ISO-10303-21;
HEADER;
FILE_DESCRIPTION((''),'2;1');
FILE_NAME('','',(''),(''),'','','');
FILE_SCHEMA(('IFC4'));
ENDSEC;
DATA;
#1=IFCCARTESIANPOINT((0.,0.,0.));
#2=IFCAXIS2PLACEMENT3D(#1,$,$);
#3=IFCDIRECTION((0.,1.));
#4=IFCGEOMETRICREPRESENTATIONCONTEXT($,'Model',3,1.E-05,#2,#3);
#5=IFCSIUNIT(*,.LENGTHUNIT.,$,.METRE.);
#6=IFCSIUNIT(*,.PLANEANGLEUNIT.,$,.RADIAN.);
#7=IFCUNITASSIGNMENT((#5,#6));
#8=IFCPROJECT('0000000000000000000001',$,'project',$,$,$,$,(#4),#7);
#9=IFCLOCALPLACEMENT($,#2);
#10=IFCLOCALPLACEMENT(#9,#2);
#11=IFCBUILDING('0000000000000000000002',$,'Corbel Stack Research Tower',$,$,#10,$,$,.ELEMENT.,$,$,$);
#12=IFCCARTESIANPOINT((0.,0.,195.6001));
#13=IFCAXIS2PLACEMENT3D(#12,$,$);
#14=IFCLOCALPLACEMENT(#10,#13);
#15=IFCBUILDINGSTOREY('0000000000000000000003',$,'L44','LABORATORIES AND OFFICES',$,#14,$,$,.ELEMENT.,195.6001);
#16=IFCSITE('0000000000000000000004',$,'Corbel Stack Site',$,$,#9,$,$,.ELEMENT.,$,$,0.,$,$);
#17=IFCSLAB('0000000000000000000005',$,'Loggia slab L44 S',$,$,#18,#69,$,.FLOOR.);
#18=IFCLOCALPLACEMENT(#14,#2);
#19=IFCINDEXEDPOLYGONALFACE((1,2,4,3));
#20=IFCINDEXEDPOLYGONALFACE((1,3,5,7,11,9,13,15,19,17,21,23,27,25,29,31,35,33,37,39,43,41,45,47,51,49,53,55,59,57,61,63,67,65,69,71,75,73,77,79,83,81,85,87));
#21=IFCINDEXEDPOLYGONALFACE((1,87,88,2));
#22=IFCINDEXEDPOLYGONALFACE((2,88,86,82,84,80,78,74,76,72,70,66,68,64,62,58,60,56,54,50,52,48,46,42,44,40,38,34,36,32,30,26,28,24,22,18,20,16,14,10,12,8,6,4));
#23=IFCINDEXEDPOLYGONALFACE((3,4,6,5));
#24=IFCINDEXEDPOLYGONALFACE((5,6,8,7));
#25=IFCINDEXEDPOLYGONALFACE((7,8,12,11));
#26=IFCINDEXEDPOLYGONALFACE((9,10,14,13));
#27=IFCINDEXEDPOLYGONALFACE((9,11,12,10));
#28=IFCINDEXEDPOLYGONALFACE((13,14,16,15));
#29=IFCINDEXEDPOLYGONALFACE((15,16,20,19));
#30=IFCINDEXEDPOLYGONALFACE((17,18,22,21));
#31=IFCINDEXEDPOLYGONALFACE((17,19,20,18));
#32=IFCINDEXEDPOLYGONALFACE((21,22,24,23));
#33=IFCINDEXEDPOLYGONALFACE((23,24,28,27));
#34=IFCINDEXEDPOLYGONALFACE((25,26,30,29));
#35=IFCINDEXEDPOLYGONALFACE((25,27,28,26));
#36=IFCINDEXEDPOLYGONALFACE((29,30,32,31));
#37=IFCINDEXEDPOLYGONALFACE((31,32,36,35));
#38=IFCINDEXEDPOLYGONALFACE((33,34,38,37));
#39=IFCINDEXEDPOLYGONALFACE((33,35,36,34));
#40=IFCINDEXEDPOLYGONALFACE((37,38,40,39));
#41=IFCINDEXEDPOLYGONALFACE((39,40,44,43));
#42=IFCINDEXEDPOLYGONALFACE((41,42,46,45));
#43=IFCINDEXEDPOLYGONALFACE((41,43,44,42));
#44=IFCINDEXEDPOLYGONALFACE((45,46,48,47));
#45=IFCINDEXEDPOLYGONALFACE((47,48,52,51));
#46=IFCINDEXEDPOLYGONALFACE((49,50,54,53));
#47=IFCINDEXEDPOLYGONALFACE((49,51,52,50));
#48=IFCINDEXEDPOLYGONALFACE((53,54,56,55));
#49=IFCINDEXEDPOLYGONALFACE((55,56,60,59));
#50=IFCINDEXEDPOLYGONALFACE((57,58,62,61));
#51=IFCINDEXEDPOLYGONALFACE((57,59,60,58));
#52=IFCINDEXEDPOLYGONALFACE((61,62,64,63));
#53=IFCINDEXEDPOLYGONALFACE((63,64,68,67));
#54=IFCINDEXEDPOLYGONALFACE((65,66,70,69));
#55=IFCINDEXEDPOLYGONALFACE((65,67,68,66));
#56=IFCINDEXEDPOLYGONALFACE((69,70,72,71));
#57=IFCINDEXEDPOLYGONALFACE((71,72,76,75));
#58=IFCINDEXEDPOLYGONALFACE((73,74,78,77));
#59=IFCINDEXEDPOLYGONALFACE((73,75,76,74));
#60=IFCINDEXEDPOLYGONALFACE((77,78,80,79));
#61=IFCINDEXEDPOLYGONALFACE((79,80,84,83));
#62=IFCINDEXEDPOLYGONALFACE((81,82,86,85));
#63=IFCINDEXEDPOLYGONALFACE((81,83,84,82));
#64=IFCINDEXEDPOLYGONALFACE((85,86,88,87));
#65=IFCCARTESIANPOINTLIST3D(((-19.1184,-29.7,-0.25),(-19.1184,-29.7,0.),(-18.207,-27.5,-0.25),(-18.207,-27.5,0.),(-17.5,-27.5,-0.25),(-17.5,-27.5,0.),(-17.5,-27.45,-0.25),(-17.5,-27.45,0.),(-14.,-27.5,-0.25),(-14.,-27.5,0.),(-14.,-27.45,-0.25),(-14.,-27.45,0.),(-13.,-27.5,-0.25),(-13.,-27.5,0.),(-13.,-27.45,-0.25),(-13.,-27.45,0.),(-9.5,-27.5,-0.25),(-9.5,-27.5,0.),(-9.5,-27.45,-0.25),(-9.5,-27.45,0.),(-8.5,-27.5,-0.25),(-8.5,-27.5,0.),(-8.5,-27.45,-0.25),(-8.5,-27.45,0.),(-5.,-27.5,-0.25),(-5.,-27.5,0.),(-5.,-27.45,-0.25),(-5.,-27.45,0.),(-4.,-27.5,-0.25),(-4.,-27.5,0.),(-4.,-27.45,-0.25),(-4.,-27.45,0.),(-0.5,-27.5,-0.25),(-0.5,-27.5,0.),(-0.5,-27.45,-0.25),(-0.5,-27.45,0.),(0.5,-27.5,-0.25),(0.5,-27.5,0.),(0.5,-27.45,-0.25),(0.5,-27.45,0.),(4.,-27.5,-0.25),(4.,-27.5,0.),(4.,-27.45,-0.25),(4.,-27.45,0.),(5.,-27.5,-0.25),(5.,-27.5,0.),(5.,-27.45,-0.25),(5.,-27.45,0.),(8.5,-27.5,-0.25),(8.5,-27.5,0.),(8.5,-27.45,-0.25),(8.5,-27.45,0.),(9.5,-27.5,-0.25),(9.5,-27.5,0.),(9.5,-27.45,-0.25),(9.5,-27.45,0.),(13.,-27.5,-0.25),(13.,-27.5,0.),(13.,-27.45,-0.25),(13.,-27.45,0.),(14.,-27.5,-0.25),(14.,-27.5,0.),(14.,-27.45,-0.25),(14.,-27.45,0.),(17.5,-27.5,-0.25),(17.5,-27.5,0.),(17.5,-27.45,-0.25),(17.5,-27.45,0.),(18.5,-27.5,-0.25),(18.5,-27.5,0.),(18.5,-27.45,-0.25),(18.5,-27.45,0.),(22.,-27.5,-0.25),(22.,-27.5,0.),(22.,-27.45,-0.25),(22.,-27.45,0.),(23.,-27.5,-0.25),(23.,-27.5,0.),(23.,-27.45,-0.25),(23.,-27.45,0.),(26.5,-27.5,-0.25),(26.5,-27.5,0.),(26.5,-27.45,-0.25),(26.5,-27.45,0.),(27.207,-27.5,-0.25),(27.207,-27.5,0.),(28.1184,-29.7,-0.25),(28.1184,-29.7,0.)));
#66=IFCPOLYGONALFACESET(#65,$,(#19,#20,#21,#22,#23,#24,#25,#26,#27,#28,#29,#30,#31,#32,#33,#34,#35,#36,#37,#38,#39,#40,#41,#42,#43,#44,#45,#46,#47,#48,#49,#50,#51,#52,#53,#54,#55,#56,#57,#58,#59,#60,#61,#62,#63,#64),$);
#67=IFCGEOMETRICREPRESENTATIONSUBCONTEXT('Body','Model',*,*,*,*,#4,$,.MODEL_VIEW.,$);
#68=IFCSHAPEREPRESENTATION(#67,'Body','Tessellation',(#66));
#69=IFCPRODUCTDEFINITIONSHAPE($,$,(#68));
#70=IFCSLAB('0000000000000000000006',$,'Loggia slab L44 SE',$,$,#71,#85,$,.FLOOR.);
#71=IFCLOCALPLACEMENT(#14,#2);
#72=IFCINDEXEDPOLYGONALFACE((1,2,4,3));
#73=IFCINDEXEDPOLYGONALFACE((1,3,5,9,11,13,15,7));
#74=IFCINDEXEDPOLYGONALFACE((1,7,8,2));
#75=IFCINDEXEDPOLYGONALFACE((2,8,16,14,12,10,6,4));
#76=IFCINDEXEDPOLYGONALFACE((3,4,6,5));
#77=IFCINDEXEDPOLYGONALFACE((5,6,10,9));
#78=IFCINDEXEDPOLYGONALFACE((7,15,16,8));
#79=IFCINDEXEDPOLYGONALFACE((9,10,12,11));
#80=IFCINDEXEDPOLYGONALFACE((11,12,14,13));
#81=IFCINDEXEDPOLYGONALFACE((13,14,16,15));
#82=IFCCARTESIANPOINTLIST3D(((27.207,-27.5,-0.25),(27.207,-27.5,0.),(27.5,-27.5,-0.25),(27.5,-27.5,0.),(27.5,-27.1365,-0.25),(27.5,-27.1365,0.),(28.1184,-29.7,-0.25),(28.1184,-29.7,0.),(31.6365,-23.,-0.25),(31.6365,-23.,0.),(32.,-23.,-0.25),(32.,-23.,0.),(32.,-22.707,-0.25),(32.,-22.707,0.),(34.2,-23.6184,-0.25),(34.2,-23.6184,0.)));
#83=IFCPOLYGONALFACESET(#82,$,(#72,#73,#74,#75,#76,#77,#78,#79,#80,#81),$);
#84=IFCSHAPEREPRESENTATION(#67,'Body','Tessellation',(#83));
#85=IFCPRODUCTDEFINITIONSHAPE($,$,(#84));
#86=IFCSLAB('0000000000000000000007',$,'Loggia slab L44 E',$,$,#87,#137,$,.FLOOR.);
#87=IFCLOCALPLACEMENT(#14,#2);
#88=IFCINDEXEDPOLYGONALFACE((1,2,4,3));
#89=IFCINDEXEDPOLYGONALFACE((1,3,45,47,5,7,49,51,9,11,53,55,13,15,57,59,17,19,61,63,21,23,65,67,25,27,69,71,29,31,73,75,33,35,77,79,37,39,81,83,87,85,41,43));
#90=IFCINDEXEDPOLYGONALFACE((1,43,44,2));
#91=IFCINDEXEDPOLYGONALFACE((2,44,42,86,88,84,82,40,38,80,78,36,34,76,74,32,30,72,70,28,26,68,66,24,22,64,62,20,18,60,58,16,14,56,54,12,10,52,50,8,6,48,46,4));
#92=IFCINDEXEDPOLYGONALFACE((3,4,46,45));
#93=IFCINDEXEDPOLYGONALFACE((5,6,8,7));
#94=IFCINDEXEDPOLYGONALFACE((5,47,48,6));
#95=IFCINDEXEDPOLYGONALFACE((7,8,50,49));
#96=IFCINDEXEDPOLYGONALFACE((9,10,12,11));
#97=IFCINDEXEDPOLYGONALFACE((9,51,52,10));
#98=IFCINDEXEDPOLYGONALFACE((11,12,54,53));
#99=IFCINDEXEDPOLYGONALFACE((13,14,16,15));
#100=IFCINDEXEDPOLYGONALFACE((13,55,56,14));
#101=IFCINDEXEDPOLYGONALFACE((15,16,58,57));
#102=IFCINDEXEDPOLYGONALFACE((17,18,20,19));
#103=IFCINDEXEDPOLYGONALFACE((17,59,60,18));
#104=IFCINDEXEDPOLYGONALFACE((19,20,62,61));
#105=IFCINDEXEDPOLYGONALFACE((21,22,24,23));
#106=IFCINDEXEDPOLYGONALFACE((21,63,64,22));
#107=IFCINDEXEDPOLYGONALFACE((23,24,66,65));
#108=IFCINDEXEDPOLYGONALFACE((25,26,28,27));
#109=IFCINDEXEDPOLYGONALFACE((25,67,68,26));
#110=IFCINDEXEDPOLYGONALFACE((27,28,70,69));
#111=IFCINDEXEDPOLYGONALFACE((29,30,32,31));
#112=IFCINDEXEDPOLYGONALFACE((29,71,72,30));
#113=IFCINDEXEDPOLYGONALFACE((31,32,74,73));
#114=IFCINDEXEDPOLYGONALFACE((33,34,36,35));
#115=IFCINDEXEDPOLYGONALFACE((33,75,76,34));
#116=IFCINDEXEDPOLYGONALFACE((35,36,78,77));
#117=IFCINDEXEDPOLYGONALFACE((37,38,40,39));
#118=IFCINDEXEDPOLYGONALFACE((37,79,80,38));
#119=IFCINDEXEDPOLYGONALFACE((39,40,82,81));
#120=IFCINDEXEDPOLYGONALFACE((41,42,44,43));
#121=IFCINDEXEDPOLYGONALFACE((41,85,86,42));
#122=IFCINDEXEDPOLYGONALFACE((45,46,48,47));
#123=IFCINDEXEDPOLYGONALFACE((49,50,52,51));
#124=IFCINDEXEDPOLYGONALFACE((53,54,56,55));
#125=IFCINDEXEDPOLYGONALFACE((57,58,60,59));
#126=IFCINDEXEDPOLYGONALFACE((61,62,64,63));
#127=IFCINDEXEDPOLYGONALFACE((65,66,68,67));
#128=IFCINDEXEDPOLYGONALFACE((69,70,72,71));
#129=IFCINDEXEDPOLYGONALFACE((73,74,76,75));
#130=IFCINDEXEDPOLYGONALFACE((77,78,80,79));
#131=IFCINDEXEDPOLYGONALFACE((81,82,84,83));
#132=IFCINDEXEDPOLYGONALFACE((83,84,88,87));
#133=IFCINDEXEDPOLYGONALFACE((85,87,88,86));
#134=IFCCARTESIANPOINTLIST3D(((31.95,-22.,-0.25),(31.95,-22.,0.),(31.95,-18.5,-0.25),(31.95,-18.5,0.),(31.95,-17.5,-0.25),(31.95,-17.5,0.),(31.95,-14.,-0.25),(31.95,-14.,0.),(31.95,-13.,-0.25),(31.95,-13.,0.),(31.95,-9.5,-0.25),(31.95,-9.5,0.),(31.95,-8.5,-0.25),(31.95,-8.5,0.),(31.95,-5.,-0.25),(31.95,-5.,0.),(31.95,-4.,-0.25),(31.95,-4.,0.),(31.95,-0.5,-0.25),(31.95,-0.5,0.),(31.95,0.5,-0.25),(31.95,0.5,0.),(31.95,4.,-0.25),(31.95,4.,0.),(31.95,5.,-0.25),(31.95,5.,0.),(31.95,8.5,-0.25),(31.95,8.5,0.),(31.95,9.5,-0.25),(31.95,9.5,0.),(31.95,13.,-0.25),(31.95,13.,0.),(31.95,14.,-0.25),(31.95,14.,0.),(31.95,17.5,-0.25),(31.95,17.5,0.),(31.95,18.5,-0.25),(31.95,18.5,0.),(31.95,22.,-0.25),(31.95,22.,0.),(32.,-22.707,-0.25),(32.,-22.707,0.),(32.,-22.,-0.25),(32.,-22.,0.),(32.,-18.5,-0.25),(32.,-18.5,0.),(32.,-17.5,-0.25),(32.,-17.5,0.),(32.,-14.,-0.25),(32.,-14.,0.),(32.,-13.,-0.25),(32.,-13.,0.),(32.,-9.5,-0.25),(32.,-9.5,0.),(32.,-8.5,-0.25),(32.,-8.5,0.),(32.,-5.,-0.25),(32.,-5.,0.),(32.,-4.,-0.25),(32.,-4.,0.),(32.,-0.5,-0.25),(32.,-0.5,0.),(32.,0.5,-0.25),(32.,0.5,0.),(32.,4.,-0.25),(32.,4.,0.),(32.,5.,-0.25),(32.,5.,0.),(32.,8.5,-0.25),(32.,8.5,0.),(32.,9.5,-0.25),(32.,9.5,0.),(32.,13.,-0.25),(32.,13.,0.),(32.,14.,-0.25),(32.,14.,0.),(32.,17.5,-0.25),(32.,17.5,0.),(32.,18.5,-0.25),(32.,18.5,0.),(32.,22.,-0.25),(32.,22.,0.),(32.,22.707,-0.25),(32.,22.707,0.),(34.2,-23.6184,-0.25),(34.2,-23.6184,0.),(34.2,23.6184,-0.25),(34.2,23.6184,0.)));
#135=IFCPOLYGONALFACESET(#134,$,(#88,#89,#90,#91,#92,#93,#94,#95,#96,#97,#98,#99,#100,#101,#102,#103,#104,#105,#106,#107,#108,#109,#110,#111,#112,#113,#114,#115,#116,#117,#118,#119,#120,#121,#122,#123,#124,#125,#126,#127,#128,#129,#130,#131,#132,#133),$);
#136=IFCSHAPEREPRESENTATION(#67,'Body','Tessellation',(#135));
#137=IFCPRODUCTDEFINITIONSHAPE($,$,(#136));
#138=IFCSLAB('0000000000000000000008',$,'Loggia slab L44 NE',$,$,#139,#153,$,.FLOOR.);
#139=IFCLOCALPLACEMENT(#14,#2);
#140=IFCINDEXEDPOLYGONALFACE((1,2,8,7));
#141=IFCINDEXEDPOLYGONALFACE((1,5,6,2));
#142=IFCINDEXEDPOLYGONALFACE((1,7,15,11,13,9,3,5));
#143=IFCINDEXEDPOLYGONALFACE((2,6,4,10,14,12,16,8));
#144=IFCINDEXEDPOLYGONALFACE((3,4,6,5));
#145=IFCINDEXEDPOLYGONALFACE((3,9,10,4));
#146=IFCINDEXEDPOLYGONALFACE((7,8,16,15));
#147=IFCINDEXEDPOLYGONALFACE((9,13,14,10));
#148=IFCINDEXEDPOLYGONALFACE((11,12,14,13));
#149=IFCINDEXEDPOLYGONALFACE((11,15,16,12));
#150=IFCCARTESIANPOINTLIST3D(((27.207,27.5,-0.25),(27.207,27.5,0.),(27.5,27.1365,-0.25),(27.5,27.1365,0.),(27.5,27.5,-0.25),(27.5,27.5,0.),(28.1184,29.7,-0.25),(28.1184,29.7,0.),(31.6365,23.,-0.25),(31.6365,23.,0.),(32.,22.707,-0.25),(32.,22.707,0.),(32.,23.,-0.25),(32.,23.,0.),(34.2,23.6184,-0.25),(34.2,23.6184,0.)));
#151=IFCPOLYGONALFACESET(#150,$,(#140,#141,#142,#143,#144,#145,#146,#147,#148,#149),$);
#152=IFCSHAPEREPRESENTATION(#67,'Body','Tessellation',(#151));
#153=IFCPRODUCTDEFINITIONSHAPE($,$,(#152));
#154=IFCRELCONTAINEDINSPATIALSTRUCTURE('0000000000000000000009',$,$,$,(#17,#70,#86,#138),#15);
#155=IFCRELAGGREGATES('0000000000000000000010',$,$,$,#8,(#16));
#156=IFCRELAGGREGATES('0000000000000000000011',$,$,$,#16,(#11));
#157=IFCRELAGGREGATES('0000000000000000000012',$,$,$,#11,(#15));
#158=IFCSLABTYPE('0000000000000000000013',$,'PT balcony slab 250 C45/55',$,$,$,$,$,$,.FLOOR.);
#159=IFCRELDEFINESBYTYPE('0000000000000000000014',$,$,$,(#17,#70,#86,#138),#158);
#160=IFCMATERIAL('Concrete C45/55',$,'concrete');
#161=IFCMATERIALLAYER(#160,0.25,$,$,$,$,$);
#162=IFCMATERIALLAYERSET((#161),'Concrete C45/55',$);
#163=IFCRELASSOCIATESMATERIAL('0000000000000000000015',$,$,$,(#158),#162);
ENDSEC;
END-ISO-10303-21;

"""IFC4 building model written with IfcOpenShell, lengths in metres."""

from ifc_helpers import new_model, si_unit, direction, frame, origin, place, context, subcontext, project, spatial, polyline, outline, extrude, material, layer, layer_set, type_object, element, save


model = new_model("IFC4")

# Units and contexts
model_context = context("Model", 3, precision=1e-05, world=origin(), true_north=direction((0.0, 1.0)))
body_context = subcontext(model_context, "Body", "Model", "MODEL_VIEW")
ifc_project = project(units=[si_unit("LENGTHUNIT", "METRE"), si_unit("PLANEANGLEUNIT", "RADIAN")], contexts=[model_context])

# Site, building, storey
site_placement = place(None, origin())
site = spatial("IfcSite", under=ifc_project, at=site_placement, Name="Corbel Stack Site", CompositionType="ELEMENT", RefElevation=0.0)
building_placement = place(site_placement, origin())
building = spatial("IfcBuilding", under=site, at=building_placement, Name="Corbel Stack Research Tower", CompositionType="ELEMENT")
storey_placement = place(building_placement, frame((0.0, 0.0, 195.6001)))
storey = spatial("IfcBuildingStorey", under=building, at=storey_placement, Name="L44", Description="LABORATORIES AND OFFICES", CompositionType="ELEMENT", Elevation=195.6001)

# Slabs
ifc_material_1 = material(Name="Concrete C45/55", Category="concrete")
ifc_layer_1 = layer(ifc_material_1, 0.25)
ifc_layer_set_1 = layer_set([ifc_layer_1], Name="Concrete C45/55")
slab_type_1 = type_object("IfcSlabType", Name="PT balcony slab 250 C45/55", PredefinedType="FLOOR", material=ifc_layer_set_1)
slab_1_placement = place(storey_placement, frame((0.0, 0.0, -0.25)))
element("IfcSlab", 1, at=slab_1_placement, inside=storey, type_object=slab_type_1, Name="Loggia slab L44 S", PredefinedType="FLOOR", context=body_context, shape_type="SweptSolid", body=[
    extrude(outline(polyline([(27.207, -27.5), (26.5, -27.5), (26.5, -27.45), (23.0, -27.45), (23.0, -27.5), (22.0, -27.5), (22.0, -27.45), (18.5, -27.45), (18.5, -27.5), (17.5, -27.5), (17.5, -27.45), (14.0, -27.45), (14.0, -27.5), (13.0, -27.5), (13.0, -27.45), (9.5, -27.45), (9.5, -27.5), (8.5, -27.5), (8.5, -27.45), (5.0, -27.45), (5.0, -27.5), (4.0, -27.5), (4.0, -27.45), (0.5, -27.45), (0.5, -27.5), (-0.5, -27.5), (-0.5, -27.45), (-4.0, -27.45), (-4.0, -27.5), (-5.0, -27.5), (-5.0, -27.45), (-8.5, -27.45), (-8.5, -27.5), (-9.5, -27.5), (-9.5, -27.45), (-13.0, -27.45), (-13.0, -27.5), (-14.0, -27.5), (-14.0, -27.45), (-17.5, -27.45), (-17.5, -27.5), (-18.207, -27.5), (-19.1184, -29.7), (28.1184, -29.7), (27.207, -27.5)])), origin(), (0.0, 0.0, 1.0), 0.25),
])
slab_2_placement = place(storey_placement, frame((0.0, 0.0, -0.25)))
element("IfcSlab", 2, at=slab_2_placement, inside=storey, type_object=slab_type_1, Name="Loggia slab L44 SE", PredefinedType="FLOOR", context=body_context, shape_type="SweptSolid", body=[
    extrude(outline(polyline([(32.0, -22.707), (32.0, -23.0), (31.6365, -23.0), (27.5, -27.1365), (27.5, -27.5), (27.207, -27.5), (28.1184, -29.7), (34.2, -23.6184), (32.0, -22.707)])), origin(), (0.0, 0.0, 1.0), 0.25),
])
slab_3_placement = place(storey_placement, frame((0.0, 0.0, -0.25)))
element("IfcSlab", 3, at=slab_3_placement, inside=storey, type_object=slab_type_1, Name="Loggia slab L44 E", PredefinedType="FLOOR", context=body_context, shape_type="SweptSolid", body=[
    extrude(outline(polyline([(32.0, 22.707), (32.0, 22.0), (31.95, 22.0), (31.95, 18.5), (32.0, 18.5), (32.0, 17.5), (31.95, 17.5), (31.95, 14.0), (32.0, 14.0), (32.0, 13.0), (31.95, 13.0), (31.95, 9.5), (32.0, 9.5), (32.0, 8.5), (31.95, 8.5), (31.95, 5.0), (32.0, 5.0), (32.0, 4.0), (31.95, 4.0), (31.95, 0.5), (32.0, 0.5), (32.0, -0.5), (31.95, -0.5), (31.95, -4.0), (32.0, -4.0), (32.0, -5.0), (31.95, -5.0), (31.95, -8.5), (32.0, -8.5), (32.0, -9.5), (31.95, -9.5), (31.95, -13.0), (32.0, -13.0), (32.0, -14.0), (31.95, -14.0), (31.95, -17.5), (32.0, -17.5), (32.0, -18.5), (31.95, -18.5), (31.95, -22.0), (32.0, -22.0), (32.0, -22.707), (34.2, -23.6184), (34.2, 23.6184), (32.0, 22.707)])), origin(), (0.0, 0.0, 1.0), 0.25),
])
slab_4_placement = place(storey_placement, frame((0.0, 0.0, -0.25)))
element("IfcSlab", 4, at=slab_4_placement, inside=storey, type_object=slab_type_1, Name="Loggia slab L44 NE", PredefinedType="FLOOR", context=body_context, shape_type="SweptSolid", body=[
    extrude(outline(polyline([(27.207, 27.5), (27.5, 27.5), (27.5, 27.1365), (31.6365, 23.0), (32.0, 23.0), (32.0, 22.707), (34.2, 23.6184), (28.1184, 29.7), (27.207, 27.5)])), origin(), (0.0, 0.0, 1.0), 0.25),
])

save(model, "model.ifc")
